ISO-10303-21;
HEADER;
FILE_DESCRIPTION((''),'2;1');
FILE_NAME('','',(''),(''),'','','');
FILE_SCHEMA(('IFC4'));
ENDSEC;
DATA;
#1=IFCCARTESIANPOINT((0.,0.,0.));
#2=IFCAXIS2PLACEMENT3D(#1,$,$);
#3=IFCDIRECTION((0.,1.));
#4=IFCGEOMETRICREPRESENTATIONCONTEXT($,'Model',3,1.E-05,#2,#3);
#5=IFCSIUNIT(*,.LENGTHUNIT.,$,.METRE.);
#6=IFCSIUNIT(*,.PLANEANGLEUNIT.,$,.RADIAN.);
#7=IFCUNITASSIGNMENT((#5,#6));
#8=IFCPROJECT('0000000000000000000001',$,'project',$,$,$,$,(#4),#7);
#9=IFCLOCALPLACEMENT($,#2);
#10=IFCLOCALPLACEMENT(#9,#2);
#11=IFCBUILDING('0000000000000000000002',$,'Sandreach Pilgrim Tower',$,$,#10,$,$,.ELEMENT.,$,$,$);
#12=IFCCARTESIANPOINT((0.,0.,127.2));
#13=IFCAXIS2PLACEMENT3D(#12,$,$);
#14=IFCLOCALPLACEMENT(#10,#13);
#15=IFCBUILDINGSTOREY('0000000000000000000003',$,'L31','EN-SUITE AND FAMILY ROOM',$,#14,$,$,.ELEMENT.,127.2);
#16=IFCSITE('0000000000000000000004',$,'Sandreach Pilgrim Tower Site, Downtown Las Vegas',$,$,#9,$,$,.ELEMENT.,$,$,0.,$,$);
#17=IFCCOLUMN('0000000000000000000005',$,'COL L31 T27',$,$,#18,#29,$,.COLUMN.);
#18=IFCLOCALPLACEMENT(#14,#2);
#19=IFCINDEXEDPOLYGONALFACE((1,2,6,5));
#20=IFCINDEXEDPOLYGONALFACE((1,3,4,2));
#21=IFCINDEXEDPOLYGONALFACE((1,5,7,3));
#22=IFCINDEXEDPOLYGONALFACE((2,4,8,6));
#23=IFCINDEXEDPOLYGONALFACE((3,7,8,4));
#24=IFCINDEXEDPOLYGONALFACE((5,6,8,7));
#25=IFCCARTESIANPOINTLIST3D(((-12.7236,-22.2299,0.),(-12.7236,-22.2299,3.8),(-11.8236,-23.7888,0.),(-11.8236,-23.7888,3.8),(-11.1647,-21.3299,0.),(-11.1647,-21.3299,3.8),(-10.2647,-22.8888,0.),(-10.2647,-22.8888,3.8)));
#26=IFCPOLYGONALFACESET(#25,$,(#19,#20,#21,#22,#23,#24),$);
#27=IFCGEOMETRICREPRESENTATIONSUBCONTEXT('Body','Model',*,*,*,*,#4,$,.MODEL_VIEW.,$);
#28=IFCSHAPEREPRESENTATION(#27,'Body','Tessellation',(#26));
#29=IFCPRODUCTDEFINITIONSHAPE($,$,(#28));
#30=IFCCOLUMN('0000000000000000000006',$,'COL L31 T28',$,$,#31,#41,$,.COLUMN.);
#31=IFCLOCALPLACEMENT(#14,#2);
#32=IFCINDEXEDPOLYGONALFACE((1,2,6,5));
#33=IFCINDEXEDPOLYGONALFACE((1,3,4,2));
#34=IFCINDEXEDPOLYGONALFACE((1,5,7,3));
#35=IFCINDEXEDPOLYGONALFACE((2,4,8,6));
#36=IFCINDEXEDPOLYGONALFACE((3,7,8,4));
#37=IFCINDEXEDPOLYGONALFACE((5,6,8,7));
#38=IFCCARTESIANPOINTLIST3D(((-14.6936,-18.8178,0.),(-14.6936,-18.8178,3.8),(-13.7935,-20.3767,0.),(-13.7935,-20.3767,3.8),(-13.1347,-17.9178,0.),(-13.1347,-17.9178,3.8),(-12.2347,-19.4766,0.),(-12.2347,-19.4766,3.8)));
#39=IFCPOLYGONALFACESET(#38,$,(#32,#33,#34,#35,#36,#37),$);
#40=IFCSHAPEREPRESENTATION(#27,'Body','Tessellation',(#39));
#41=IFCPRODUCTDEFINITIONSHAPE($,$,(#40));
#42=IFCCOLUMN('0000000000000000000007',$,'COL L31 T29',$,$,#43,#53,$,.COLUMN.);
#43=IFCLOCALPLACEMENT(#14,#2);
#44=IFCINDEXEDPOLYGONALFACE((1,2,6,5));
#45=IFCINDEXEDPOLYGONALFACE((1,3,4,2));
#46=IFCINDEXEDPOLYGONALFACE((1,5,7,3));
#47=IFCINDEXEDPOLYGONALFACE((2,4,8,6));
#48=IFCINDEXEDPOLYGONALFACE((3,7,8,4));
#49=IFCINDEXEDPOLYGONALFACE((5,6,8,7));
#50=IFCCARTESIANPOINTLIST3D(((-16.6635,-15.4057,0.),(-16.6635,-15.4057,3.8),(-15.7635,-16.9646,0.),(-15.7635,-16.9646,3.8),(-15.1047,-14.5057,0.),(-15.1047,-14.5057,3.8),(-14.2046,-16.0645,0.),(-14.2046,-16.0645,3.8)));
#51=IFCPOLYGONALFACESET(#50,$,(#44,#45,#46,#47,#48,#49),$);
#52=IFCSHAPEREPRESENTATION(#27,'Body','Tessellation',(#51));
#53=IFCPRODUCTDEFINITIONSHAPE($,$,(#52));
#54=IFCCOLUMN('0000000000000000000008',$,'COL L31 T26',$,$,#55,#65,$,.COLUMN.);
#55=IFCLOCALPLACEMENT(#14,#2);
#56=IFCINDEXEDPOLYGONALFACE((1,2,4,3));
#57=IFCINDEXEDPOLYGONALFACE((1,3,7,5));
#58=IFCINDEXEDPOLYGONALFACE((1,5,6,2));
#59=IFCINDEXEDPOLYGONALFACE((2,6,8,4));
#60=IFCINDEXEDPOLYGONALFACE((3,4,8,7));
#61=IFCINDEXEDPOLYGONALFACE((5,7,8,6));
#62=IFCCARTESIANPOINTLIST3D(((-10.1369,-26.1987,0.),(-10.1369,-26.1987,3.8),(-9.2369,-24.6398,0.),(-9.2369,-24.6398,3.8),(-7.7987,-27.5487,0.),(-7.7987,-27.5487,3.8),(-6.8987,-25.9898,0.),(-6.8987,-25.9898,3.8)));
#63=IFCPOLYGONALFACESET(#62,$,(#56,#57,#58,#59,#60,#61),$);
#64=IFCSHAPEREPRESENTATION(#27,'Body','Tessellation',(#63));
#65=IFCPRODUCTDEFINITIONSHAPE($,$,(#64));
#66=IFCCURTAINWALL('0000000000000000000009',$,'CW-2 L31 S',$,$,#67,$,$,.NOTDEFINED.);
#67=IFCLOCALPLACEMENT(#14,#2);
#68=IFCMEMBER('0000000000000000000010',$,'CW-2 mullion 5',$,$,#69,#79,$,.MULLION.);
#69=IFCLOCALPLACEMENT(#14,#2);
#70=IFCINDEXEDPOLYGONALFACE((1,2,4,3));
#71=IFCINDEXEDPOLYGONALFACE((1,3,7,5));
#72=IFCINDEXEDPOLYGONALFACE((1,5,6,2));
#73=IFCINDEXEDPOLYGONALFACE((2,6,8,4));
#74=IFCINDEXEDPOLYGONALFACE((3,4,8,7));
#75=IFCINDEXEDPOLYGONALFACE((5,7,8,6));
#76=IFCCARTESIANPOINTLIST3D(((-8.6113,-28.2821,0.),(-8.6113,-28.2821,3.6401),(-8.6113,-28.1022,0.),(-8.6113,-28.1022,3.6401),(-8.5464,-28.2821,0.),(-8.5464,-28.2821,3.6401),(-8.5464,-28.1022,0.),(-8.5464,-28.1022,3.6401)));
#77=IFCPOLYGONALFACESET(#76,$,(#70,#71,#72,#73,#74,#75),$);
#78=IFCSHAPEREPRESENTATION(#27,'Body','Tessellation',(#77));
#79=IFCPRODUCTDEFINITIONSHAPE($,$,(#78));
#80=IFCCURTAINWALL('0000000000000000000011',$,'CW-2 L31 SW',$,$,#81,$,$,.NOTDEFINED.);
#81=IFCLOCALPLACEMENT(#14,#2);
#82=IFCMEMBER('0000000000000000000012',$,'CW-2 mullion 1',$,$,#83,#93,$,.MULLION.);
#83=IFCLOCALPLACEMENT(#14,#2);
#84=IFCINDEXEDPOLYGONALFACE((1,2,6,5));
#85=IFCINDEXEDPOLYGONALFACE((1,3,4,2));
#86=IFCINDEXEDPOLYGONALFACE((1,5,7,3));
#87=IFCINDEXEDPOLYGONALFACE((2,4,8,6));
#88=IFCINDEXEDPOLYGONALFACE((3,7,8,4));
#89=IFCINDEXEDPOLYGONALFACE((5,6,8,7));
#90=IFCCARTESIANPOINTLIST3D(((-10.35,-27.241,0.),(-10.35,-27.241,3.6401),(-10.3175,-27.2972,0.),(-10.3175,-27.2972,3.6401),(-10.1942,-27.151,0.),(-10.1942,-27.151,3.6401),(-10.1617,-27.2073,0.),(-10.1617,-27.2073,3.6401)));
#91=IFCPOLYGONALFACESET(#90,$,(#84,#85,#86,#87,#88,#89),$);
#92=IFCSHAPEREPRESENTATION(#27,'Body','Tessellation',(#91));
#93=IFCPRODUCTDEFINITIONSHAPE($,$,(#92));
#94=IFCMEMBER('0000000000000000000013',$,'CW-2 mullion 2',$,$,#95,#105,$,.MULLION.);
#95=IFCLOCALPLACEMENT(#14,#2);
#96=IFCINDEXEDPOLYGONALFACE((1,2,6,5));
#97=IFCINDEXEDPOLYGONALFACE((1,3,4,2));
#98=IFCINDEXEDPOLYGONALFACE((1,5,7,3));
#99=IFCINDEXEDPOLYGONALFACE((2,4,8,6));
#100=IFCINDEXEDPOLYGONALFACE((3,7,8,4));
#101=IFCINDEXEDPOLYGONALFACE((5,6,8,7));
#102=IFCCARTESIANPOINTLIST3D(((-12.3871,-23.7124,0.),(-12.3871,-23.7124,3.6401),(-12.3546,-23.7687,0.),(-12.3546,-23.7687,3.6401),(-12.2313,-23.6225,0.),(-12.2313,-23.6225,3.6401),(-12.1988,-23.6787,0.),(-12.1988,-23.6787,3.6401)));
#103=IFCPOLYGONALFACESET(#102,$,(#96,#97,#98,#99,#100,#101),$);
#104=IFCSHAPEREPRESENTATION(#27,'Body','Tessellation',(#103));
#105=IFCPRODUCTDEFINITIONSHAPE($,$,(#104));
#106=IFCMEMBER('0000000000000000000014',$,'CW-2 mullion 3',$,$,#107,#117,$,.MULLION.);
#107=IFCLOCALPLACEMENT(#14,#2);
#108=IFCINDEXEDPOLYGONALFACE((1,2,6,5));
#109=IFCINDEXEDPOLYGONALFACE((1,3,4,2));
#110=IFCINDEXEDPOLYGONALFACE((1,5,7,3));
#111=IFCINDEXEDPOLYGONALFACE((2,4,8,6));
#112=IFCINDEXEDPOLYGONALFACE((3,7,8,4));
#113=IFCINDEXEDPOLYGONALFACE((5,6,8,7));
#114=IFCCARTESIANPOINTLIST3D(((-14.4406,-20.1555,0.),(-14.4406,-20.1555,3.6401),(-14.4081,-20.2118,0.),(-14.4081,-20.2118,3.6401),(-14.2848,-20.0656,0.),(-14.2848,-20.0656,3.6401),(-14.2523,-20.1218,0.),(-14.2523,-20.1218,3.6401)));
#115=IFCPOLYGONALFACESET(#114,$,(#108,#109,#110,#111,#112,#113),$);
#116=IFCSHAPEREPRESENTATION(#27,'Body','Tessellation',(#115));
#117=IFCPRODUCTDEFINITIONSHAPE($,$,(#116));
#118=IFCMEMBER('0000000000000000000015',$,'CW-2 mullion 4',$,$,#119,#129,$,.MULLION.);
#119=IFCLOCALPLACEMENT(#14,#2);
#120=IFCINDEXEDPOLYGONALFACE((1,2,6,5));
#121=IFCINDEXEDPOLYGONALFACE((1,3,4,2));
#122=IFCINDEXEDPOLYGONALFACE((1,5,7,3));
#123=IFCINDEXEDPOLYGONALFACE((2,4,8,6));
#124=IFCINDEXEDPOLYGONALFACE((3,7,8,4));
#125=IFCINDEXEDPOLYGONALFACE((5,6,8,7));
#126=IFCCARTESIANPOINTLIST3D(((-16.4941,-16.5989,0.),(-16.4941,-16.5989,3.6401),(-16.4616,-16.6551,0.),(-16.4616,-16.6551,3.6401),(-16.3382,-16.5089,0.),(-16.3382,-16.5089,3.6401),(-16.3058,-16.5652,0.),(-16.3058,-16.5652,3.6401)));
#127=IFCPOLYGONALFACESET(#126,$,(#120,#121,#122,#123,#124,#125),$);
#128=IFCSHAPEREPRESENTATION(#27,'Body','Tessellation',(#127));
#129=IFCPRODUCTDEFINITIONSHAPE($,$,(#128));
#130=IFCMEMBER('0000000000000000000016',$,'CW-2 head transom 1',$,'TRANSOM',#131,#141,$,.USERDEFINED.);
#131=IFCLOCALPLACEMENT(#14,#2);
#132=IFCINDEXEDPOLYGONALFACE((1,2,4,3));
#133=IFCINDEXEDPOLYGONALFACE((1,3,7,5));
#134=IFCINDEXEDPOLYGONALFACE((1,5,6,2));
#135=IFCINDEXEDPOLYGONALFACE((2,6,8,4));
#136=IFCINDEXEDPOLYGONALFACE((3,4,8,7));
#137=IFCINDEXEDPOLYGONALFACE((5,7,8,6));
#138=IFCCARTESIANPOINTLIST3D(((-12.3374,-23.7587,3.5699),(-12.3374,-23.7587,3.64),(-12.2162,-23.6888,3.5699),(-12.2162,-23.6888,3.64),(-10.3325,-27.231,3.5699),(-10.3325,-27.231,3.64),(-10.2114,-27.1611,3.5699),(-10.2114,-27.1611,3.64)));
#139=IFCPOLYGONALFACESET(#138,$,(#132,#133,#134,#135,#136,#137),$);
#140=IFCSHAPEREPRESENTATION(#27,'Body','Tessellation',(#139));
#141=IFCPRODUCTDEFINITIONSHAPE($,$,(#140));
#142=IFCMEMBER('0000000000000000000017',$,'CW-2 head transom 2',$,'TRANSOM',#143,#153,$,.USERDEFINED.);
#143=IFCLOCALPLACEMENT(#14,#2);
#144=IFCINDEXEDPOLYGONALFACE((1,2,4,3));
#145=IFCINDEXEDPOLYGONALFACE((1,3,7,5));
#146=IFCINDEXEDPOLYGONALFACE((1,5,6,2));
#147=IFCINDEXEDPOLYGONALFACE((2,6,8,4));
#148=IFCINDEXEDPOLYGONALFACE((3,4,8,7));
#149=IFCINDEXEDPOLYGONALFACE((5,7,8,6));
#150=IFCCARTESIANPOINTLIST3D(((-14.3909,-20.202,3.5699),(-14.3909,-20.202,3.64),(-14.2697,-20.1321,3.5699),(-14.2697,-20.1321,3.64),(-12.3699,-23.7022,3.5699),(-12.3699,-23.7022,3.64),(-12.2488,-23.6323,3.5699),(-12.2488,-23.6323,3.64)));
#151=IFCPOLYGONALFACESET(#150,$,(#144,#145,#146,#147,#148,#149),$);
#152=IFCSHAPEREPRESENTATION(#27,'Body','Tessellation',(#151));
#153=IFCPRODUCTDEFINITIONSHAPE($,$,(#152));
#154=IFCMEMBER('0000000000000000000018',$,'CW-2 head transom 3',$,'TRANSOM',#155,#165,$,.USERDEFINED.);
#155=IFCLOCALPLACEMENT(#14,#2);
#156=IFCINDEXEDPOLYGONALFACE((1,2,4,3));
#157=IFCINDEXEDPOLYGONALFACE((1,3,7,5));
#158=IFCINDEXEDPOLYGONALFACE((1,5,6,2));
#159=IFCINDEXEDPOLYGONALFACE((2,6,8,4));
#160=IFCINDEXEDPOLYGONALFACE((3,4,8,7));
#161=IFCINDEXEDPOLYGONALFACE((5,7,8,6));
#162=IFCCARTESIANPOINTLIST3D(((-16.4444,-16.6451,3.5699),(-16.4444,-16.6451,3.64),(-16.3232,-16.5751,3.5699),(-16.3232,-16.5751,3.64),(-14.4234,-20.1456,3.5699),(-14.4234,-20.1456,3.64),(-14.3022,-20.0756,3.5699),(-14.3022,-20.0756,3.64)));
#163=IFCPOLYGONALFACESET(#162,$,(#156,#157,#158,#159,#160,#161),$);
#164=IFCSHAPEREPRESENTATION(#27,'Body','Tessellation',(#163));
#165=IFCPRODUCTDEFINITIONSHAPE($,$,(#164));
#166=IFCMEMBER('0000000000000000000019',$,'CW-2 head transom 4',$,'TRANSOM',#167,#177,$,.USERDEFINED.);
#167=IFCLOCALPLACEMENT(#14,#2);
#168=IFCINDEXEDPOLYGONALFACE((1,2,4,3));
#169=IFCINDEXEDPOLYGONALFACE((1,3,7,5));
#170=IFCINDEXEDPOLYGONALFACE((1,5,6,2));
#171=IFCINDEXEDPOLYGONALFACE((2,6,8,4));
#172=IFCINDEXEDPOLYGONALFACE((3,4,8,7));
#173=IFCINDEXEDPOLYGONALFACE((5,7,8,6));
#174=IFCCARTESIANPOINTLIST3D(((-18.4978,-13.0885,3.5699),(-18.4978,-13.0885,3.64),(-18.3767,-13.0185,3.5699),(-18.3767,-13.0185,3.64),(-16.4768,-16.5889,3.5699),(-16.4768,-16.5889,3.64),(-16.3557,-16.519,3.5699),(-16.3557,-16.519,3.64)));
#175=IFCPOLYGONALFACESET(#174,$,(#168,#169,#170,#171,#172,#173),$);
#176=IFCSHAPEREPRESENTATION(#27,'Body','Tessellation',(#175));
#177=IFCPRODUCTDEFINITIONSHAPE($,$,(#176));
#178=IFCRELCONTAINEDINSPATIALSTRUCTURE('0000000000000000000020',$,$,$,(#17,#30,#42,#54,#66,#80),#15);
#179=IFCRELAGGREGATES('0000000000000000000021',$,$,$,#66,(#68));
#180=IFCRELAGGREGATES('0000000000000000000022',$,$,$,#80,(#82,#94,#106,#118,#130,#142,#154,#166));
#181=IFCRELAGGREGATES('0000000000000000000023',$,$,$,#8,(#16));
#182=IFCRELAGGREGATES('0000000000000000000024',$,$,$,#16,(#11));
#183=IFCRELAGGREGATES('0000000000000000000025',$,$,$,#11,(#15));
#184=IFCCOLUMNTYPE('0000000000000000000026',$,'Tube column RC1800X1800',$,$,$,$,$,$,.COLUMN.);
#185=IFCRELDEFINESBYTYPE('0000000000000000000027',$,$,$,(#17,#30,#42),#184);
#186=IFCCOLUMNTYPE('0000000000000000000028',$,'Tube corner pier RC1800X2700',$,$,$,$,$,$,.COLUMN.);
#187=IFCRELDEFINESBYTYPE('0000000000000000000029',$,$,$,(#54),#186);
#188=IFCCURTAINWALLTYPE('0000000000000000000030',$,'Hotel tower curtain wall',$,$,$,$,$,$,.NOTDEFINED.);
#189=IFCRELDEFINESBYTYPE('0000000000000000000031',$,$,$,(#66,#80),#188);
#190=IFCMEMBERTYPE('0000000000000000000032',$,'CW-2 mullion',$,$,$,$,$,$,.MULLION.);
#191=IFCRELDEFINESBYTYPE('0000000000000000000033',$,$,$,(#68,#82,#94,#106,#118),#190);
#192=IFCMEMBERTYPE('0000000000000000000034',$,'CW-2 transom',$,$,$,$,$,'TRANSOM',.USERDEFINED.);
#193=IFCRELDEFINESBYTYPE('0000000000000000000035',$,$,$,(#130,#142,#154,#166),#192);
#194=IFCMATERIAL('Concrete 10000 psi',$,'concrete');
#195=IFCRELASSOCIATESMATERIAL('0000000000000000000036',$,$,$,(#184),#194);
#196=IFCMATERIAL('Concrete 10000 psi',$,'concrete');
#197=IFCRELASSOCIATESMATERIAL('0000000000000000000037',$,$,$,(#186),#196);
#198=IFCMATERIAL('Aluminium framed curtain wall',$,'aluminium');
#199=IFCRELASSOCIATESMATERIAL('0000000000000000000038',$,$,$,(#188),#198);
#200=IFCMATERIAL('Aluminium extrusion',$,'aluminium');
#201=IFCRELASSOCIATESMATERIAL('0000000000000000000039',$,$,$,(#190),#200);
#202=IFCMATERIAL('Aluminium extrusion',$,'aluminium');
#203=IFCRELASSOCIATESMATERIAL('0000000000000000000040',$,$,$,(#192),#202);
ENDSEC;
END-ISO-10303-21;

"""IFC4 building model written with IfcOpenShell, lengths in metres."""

from ifc_helpers import new_model, si_unit, direction, frame, origin, origin_2d, place, context, subcontext, project, spatial, rectangle, extrude, material, material_profile, profile_set, type_object, element, aggregate, save


model = new_model("IFC4")

# Units and contexts
model_context = context("Model", 3, precision=1e-05, world=origin(), true_north=direction((0.0, 1.0)))
body_context = subcontext(model_context, "Body", "Model", "MODEL_VIEW")
ifc_project = project(units=[si_unit("LENGTHUNIT", "METRE"), si_unit("PLANEANGLEUNIT", "RADIAN")], contexts=[model_context])

# Site, building, storey
site_placement = place(None, origin())
site = spatial("IfcSite", under=ifc_project, at=site_placement, Name="Sandreach Pilgrim Tower Site, Downtown Las Vegas", CompositionType="ELEMENT", RefElevation=0.0)
building_placement = place(site_placement, origin())
building = spatial("IfcBuilding", under=site, at=building_placement, Name="Sandreach Pilgrim Tower", CompositionType="ELEMENT")
storey_placement = place(building_placement, frame((0.0, 0.0, 127.2)))
storey = spatial("IfcBuildingStorey", under=building, at=storey_placement, Name="L31", Description="EN-SUITE AND FAMILY ROOM", CompositionType="ELEMENT", Elevation=127.2)

# Columns
ifc_material_1 = material(Name="Concrete 10000 psi", Category="concrete")
ifc_material_profile_1 = material_profile(ifc_material_1, rectangle(XDim=1.8, YDim=1.8, at=origin_2d()), Name="RC1800X1800")
ifc_profile_set_1 = profile_set([ifc_material_profile_1], Name="Concrete 10000 psi")
column_type_1 = type_object("IfcColumnType", Name="Tube column RC1800X1800", PredefinedType="COLUMN", material=ifc_profile_set_1)
for number, where, z_axis, x_axis, name in (
    (1, (-11.4941, -22.5593, 0.0), (0.0, 0.0, 1.0), (-0.866025, -0.5, 0.0), "COL L31 T27"),
    (2, (-13.4641, -19.1472, 0.0), (0.0, 0.0, 1.0), (-0.866025, -0.5, 0.0), "COL L31 T28"),
    (3, (-15.4341, -15.7351, 0.0), (0.0, 0.0, 1.0), (-0.866025, -0.5, 0.0), "COL L31 T29"),
):
    element("IfcColumn", number, at=place(storey_placement, frame(where, z_axis=z_axis, x_axis=x_axis)), inside=storey, type_object=column_type_1, Name=name, PredefinedType="COLUMN", context=body_context, shape_type="SweptSolid", body=[
        extrude(rectangle(XDim=1.8, YDim=1.8, at=origin_2d()), origin(), (0.0, 0.0, 1.0), 3.8),
    ])
ifc_material_2 = material(Name="Concrete 10000 psi", Category="concrete")
ifc_material_profile_2 = material_profile(ifc_material_2, rectangle(XDim=1.8, YDim=2.7, at=origin_2d()), Name="RC1800X2700")
ifc_profile_set_2 = profile_set([ifc_material_profile_2], Name="Concrete 10000 psi")
column_type_2 = type_object("IfcColumnType", Name="Tube corner pier RC1800X2700", PredefinedType="COLUMN", material=ifc_profile_set_2)
column_placement = place(storey_placement, frame((-8.5178, -26.0942, 0.0), z_axis=(0.0, 0.0, 1.0), x_axis=(-0.5, -0.866025, 0.0)))
element("IfcColumn", 4, at=column_placement, inside=storey, type_object=column_type_2, Name="COL L31 T26", PredefinedType="COLUMN", context=body_context, shape_type="SweptSolid", body=[
    extrude(rectangle(XDim=1.8, YDim=2.7, at=origin_2d()), origin(), (0.0, 0.0, 1.0), 3.8),
])

# Curtain wall, member
ifc_material_3 = material(Name="Aluminium framed curtain wall", Category="aluminium")
curtain_wall_type = type_object("IfcCurtainWallType", Name="Hotel tower curtain wall", PredefinedType="NOTDEFINED", material=ifc_material_3)
curtain_wall_1_placement = place(storey_placement, origin())
curtain_wall_1 = element("IfcCurtainWall", 5, at=curtain_wall_1_placement, inside=storey, type_object=curtain_wall_type, Name="CW-2 L31 S", PredefinedType="NOTDEFINED")
ifc_material_4 = material(Name="Aluminium extrusion", Category="aluminium")
ifc_material_profile_3 = material_profile(ifc_material_4, rectangle(XDim=0.0649, YDim=0.1799, at=origin_2d()), Name="CW-2M 65X180")
ifc_profile_set_3 = profile_set([ifc_material_profile_3], Name="Aluminium extrusion")
member_type_1 = type_object("IfcMemberType", Name="CW-2 mullion", PredefinedType="MULLION", material=ifc_profile_set_3)
member_1_placement = place(storey_placement, frame((-8.5789, -28.1921, 0.0), z_axis=(0.0, 0.0, 1.0), x_axis=(-1.0, 0.0, 0.0)))
member_1 = element("IfcMember", 6, at=member_1_placement, type_object=member_type_1, Name="CW-2 mullion 5", PredefinedType="MULLION", context=body_context, shape_type="SweptSolid", body=[
    extrude(rectangle(XDim=0.0649, YDim=0.1799, at=origin_2d()), origin(), (0.0, 0.0, 1.0), 3.6401),
])
aggregate(curtain_wall_1, [member_1])

# Curtain wall, members
curtain_wall_2_placement = place(storey_placement, origin())
curtain_wall_2 = element("IfcCurtainWall", 7, at=curtain_wall_2_placement, inside=storey, type_object=curtain_wall_type, Name="CW-2 L31 SW", PredefinedType="NOTDEFINED")
member_2_placement = place(storey_placement, frame((-10.2559, -27.2241, 0.0), z_axis=(0.0, 0.0, 1.0), x_axis=(-0.5, 0.866025, 0.0)))
member_2 = element("IfcMember", 8, at=member_2_placement, type_object=member_type_1, Name="CW-2 mullion 1", PredefinedType="MULLION", context=body_context, shape_type="SweptSolid", body=[
    extrude(rectangle(XDim=0.0649, YDim=0.1799, at=origin_2d()), origin(), (0.0, 0.0, 1.0), 3.6401),
])
member_3_placement = place(storey_placement, frame((-12.293, -23.6956, 0.0), z_axis=(0.0, 0.0, 1.0), x_axis=(-0.5, 0.866025, 0.0)))
member_3 = element("IfcMember", 9, at=member_3_placement, type_object=member_type_1, Name="CW-2 mullion 2", PredefinedType="MULLION", context=body_context, shape_type="SweptSolid", body=[
    extrude(rectangle(XDim=0.0649, YDim=0.1799, at=origin_2d()), origin(), (0.0, 0.0, 1.0), 3.6401),
])
member_4_placement = place(storey_placement, frame((-14.3464, -20.1387, 0.0), z_axis=(0.0, 0.0, 1.0), x_axis=(-0.5, 0.866025, 0.0)))
member_4 = element("IfcMember", 10, at=member_4_placement, type_object=member_type_1, Name="CW-2 mullion 3", PredefinedType="MULLION", context=body_context, shape_type="SweptSolid", body=[
    extrude(rectangle(XDim=0.0649, YDim=0.1799, at=origin_2d()), origin(), (0.0, 0.0, 1.0), 3.6401),
])
member_5_placement = place(storey_placement, frame((-16.3999, -16.582, 0.0), z_axis=(0.0, 0.0, 1.0), x_axis=(-0.5, 0.866025, 0.0)))
member_5 = element("IfcMember", 11, at=member_5_placement, type_object=member_type_1, Name="CW-2 mullion 4", PredefinedType="MULLION", context=body_context, shape_type="SweptSolid", body=[
    extrude(rectangle(XDim=0.0649, YDim=0.1799, at=origin_2d()), origin(), (0.0, 0.0, 1.0), 3.6401),
])
ifc_material_5 = material(Name="Aluminium extrusion", Category="aluminium")
ifc_material_profile_4 = material_profile(ifc_material_5, rectangle(XDim=0.1399, YDim=0.0701, at=origin_2d()), Name="CW-2T 140X70")
ifc_profile_set_4 = profile_set([ifc_material_profile_4], Name="Aluminium extrusion")
member_type_2 = type_object("IfcMemberType", Name="CW-2 transom", ElementType="TRANSOM", PredefinedType="USERDEFINED", material=ifc_profile_set_4)
member_6_placement = place(storey_placement, frame((-10.272, -27.196, 3.605), z_axis=(-0.500016, 0.866016, 0.0), x_axis=(-0.866016, -0.500016, 0.0)))
member_6 = element("IfcMember", 12, at=member_6_placement, type_object=member_type_2, Name="CW-2 head transom 1", ObjectType="TRANSOM", PredefinedType="USERDEFINED", context=body_context, shape_type="SweptSolid", body=[
    extrude(rectangle(XDim=0.1399, YDim=0.0701, at=origin_2d()), origin(), (0.0, 0.0, 1.0), 4.0095),
])
member_7_placement = place(storey_placement, frame((-12.3093, -23.6672, 3.605), z_axis=(-0.500024, 0.866012, 0.0), x_axis=(-0.866012, -0.500024, 0.0)))
member_7 = element("IfcMember", 13, at=member_7_placement, type_object=member_type_2, Name="CW-2 head transom 2", ObjectType="TRANSOM", PredefinedType="USERDEFINED", context=body_context, shape_type="SweptSolid", body=[
    extrude(rectangle(XDim=0.1399, YDim=0.0701, at=origin_2d()), origin(), (0.0, 0.0, 1.0), 4.0417),
])
member_8_placement = place(storey_placement, frame((-14.3628, -20.1106, 3.605), z_axis=(-0.499998, 0.866027, 0.0), x_axis=(-0.866027, -0.499998, 0.0)))
member_8 = element("IfcMember", 14, at=member_8_placement, type_object=member_type_2, Name="CW-2 head transom 3", ObjectType="TRANSOM", PredefinedType="USERDEFINED", context=body_context, shape_type="SweptSolid", body=[
    extrude(rectangle(XDim=0.1399, YDim=0.0701, at=origin_2d()), origin(), (0.0, 0.0, 1.0), 4.042),
])
member_9_placement = place(storey_placement, frame((-16.4163, -16.554, 3.605), z_axis=(-0.499998, 0.866027, 0.0), x_axis=(-0.866027, -0.499998, 0.0)))
member_9 = element("IfcMember", 15, at=member_9_placement, type_object=member_type_2, Name="CW-2 head transom 4", ObjectType="TRANSOM", PredefinedType="USERDEFINED", context=body_context, shape_type="SweptSolid", body=[
    extrude(rectangle(XDim=0.1399, YDim=0.0701, at=origin_2d()), origin(), (0.0, 0.0, 1.0), 4.042),
])

aggregate(curtain_wall_2, [member_2, member_3, member_4, member_5, member_6, member_7, member_8, member_9])

save(model, "model.ifc")
